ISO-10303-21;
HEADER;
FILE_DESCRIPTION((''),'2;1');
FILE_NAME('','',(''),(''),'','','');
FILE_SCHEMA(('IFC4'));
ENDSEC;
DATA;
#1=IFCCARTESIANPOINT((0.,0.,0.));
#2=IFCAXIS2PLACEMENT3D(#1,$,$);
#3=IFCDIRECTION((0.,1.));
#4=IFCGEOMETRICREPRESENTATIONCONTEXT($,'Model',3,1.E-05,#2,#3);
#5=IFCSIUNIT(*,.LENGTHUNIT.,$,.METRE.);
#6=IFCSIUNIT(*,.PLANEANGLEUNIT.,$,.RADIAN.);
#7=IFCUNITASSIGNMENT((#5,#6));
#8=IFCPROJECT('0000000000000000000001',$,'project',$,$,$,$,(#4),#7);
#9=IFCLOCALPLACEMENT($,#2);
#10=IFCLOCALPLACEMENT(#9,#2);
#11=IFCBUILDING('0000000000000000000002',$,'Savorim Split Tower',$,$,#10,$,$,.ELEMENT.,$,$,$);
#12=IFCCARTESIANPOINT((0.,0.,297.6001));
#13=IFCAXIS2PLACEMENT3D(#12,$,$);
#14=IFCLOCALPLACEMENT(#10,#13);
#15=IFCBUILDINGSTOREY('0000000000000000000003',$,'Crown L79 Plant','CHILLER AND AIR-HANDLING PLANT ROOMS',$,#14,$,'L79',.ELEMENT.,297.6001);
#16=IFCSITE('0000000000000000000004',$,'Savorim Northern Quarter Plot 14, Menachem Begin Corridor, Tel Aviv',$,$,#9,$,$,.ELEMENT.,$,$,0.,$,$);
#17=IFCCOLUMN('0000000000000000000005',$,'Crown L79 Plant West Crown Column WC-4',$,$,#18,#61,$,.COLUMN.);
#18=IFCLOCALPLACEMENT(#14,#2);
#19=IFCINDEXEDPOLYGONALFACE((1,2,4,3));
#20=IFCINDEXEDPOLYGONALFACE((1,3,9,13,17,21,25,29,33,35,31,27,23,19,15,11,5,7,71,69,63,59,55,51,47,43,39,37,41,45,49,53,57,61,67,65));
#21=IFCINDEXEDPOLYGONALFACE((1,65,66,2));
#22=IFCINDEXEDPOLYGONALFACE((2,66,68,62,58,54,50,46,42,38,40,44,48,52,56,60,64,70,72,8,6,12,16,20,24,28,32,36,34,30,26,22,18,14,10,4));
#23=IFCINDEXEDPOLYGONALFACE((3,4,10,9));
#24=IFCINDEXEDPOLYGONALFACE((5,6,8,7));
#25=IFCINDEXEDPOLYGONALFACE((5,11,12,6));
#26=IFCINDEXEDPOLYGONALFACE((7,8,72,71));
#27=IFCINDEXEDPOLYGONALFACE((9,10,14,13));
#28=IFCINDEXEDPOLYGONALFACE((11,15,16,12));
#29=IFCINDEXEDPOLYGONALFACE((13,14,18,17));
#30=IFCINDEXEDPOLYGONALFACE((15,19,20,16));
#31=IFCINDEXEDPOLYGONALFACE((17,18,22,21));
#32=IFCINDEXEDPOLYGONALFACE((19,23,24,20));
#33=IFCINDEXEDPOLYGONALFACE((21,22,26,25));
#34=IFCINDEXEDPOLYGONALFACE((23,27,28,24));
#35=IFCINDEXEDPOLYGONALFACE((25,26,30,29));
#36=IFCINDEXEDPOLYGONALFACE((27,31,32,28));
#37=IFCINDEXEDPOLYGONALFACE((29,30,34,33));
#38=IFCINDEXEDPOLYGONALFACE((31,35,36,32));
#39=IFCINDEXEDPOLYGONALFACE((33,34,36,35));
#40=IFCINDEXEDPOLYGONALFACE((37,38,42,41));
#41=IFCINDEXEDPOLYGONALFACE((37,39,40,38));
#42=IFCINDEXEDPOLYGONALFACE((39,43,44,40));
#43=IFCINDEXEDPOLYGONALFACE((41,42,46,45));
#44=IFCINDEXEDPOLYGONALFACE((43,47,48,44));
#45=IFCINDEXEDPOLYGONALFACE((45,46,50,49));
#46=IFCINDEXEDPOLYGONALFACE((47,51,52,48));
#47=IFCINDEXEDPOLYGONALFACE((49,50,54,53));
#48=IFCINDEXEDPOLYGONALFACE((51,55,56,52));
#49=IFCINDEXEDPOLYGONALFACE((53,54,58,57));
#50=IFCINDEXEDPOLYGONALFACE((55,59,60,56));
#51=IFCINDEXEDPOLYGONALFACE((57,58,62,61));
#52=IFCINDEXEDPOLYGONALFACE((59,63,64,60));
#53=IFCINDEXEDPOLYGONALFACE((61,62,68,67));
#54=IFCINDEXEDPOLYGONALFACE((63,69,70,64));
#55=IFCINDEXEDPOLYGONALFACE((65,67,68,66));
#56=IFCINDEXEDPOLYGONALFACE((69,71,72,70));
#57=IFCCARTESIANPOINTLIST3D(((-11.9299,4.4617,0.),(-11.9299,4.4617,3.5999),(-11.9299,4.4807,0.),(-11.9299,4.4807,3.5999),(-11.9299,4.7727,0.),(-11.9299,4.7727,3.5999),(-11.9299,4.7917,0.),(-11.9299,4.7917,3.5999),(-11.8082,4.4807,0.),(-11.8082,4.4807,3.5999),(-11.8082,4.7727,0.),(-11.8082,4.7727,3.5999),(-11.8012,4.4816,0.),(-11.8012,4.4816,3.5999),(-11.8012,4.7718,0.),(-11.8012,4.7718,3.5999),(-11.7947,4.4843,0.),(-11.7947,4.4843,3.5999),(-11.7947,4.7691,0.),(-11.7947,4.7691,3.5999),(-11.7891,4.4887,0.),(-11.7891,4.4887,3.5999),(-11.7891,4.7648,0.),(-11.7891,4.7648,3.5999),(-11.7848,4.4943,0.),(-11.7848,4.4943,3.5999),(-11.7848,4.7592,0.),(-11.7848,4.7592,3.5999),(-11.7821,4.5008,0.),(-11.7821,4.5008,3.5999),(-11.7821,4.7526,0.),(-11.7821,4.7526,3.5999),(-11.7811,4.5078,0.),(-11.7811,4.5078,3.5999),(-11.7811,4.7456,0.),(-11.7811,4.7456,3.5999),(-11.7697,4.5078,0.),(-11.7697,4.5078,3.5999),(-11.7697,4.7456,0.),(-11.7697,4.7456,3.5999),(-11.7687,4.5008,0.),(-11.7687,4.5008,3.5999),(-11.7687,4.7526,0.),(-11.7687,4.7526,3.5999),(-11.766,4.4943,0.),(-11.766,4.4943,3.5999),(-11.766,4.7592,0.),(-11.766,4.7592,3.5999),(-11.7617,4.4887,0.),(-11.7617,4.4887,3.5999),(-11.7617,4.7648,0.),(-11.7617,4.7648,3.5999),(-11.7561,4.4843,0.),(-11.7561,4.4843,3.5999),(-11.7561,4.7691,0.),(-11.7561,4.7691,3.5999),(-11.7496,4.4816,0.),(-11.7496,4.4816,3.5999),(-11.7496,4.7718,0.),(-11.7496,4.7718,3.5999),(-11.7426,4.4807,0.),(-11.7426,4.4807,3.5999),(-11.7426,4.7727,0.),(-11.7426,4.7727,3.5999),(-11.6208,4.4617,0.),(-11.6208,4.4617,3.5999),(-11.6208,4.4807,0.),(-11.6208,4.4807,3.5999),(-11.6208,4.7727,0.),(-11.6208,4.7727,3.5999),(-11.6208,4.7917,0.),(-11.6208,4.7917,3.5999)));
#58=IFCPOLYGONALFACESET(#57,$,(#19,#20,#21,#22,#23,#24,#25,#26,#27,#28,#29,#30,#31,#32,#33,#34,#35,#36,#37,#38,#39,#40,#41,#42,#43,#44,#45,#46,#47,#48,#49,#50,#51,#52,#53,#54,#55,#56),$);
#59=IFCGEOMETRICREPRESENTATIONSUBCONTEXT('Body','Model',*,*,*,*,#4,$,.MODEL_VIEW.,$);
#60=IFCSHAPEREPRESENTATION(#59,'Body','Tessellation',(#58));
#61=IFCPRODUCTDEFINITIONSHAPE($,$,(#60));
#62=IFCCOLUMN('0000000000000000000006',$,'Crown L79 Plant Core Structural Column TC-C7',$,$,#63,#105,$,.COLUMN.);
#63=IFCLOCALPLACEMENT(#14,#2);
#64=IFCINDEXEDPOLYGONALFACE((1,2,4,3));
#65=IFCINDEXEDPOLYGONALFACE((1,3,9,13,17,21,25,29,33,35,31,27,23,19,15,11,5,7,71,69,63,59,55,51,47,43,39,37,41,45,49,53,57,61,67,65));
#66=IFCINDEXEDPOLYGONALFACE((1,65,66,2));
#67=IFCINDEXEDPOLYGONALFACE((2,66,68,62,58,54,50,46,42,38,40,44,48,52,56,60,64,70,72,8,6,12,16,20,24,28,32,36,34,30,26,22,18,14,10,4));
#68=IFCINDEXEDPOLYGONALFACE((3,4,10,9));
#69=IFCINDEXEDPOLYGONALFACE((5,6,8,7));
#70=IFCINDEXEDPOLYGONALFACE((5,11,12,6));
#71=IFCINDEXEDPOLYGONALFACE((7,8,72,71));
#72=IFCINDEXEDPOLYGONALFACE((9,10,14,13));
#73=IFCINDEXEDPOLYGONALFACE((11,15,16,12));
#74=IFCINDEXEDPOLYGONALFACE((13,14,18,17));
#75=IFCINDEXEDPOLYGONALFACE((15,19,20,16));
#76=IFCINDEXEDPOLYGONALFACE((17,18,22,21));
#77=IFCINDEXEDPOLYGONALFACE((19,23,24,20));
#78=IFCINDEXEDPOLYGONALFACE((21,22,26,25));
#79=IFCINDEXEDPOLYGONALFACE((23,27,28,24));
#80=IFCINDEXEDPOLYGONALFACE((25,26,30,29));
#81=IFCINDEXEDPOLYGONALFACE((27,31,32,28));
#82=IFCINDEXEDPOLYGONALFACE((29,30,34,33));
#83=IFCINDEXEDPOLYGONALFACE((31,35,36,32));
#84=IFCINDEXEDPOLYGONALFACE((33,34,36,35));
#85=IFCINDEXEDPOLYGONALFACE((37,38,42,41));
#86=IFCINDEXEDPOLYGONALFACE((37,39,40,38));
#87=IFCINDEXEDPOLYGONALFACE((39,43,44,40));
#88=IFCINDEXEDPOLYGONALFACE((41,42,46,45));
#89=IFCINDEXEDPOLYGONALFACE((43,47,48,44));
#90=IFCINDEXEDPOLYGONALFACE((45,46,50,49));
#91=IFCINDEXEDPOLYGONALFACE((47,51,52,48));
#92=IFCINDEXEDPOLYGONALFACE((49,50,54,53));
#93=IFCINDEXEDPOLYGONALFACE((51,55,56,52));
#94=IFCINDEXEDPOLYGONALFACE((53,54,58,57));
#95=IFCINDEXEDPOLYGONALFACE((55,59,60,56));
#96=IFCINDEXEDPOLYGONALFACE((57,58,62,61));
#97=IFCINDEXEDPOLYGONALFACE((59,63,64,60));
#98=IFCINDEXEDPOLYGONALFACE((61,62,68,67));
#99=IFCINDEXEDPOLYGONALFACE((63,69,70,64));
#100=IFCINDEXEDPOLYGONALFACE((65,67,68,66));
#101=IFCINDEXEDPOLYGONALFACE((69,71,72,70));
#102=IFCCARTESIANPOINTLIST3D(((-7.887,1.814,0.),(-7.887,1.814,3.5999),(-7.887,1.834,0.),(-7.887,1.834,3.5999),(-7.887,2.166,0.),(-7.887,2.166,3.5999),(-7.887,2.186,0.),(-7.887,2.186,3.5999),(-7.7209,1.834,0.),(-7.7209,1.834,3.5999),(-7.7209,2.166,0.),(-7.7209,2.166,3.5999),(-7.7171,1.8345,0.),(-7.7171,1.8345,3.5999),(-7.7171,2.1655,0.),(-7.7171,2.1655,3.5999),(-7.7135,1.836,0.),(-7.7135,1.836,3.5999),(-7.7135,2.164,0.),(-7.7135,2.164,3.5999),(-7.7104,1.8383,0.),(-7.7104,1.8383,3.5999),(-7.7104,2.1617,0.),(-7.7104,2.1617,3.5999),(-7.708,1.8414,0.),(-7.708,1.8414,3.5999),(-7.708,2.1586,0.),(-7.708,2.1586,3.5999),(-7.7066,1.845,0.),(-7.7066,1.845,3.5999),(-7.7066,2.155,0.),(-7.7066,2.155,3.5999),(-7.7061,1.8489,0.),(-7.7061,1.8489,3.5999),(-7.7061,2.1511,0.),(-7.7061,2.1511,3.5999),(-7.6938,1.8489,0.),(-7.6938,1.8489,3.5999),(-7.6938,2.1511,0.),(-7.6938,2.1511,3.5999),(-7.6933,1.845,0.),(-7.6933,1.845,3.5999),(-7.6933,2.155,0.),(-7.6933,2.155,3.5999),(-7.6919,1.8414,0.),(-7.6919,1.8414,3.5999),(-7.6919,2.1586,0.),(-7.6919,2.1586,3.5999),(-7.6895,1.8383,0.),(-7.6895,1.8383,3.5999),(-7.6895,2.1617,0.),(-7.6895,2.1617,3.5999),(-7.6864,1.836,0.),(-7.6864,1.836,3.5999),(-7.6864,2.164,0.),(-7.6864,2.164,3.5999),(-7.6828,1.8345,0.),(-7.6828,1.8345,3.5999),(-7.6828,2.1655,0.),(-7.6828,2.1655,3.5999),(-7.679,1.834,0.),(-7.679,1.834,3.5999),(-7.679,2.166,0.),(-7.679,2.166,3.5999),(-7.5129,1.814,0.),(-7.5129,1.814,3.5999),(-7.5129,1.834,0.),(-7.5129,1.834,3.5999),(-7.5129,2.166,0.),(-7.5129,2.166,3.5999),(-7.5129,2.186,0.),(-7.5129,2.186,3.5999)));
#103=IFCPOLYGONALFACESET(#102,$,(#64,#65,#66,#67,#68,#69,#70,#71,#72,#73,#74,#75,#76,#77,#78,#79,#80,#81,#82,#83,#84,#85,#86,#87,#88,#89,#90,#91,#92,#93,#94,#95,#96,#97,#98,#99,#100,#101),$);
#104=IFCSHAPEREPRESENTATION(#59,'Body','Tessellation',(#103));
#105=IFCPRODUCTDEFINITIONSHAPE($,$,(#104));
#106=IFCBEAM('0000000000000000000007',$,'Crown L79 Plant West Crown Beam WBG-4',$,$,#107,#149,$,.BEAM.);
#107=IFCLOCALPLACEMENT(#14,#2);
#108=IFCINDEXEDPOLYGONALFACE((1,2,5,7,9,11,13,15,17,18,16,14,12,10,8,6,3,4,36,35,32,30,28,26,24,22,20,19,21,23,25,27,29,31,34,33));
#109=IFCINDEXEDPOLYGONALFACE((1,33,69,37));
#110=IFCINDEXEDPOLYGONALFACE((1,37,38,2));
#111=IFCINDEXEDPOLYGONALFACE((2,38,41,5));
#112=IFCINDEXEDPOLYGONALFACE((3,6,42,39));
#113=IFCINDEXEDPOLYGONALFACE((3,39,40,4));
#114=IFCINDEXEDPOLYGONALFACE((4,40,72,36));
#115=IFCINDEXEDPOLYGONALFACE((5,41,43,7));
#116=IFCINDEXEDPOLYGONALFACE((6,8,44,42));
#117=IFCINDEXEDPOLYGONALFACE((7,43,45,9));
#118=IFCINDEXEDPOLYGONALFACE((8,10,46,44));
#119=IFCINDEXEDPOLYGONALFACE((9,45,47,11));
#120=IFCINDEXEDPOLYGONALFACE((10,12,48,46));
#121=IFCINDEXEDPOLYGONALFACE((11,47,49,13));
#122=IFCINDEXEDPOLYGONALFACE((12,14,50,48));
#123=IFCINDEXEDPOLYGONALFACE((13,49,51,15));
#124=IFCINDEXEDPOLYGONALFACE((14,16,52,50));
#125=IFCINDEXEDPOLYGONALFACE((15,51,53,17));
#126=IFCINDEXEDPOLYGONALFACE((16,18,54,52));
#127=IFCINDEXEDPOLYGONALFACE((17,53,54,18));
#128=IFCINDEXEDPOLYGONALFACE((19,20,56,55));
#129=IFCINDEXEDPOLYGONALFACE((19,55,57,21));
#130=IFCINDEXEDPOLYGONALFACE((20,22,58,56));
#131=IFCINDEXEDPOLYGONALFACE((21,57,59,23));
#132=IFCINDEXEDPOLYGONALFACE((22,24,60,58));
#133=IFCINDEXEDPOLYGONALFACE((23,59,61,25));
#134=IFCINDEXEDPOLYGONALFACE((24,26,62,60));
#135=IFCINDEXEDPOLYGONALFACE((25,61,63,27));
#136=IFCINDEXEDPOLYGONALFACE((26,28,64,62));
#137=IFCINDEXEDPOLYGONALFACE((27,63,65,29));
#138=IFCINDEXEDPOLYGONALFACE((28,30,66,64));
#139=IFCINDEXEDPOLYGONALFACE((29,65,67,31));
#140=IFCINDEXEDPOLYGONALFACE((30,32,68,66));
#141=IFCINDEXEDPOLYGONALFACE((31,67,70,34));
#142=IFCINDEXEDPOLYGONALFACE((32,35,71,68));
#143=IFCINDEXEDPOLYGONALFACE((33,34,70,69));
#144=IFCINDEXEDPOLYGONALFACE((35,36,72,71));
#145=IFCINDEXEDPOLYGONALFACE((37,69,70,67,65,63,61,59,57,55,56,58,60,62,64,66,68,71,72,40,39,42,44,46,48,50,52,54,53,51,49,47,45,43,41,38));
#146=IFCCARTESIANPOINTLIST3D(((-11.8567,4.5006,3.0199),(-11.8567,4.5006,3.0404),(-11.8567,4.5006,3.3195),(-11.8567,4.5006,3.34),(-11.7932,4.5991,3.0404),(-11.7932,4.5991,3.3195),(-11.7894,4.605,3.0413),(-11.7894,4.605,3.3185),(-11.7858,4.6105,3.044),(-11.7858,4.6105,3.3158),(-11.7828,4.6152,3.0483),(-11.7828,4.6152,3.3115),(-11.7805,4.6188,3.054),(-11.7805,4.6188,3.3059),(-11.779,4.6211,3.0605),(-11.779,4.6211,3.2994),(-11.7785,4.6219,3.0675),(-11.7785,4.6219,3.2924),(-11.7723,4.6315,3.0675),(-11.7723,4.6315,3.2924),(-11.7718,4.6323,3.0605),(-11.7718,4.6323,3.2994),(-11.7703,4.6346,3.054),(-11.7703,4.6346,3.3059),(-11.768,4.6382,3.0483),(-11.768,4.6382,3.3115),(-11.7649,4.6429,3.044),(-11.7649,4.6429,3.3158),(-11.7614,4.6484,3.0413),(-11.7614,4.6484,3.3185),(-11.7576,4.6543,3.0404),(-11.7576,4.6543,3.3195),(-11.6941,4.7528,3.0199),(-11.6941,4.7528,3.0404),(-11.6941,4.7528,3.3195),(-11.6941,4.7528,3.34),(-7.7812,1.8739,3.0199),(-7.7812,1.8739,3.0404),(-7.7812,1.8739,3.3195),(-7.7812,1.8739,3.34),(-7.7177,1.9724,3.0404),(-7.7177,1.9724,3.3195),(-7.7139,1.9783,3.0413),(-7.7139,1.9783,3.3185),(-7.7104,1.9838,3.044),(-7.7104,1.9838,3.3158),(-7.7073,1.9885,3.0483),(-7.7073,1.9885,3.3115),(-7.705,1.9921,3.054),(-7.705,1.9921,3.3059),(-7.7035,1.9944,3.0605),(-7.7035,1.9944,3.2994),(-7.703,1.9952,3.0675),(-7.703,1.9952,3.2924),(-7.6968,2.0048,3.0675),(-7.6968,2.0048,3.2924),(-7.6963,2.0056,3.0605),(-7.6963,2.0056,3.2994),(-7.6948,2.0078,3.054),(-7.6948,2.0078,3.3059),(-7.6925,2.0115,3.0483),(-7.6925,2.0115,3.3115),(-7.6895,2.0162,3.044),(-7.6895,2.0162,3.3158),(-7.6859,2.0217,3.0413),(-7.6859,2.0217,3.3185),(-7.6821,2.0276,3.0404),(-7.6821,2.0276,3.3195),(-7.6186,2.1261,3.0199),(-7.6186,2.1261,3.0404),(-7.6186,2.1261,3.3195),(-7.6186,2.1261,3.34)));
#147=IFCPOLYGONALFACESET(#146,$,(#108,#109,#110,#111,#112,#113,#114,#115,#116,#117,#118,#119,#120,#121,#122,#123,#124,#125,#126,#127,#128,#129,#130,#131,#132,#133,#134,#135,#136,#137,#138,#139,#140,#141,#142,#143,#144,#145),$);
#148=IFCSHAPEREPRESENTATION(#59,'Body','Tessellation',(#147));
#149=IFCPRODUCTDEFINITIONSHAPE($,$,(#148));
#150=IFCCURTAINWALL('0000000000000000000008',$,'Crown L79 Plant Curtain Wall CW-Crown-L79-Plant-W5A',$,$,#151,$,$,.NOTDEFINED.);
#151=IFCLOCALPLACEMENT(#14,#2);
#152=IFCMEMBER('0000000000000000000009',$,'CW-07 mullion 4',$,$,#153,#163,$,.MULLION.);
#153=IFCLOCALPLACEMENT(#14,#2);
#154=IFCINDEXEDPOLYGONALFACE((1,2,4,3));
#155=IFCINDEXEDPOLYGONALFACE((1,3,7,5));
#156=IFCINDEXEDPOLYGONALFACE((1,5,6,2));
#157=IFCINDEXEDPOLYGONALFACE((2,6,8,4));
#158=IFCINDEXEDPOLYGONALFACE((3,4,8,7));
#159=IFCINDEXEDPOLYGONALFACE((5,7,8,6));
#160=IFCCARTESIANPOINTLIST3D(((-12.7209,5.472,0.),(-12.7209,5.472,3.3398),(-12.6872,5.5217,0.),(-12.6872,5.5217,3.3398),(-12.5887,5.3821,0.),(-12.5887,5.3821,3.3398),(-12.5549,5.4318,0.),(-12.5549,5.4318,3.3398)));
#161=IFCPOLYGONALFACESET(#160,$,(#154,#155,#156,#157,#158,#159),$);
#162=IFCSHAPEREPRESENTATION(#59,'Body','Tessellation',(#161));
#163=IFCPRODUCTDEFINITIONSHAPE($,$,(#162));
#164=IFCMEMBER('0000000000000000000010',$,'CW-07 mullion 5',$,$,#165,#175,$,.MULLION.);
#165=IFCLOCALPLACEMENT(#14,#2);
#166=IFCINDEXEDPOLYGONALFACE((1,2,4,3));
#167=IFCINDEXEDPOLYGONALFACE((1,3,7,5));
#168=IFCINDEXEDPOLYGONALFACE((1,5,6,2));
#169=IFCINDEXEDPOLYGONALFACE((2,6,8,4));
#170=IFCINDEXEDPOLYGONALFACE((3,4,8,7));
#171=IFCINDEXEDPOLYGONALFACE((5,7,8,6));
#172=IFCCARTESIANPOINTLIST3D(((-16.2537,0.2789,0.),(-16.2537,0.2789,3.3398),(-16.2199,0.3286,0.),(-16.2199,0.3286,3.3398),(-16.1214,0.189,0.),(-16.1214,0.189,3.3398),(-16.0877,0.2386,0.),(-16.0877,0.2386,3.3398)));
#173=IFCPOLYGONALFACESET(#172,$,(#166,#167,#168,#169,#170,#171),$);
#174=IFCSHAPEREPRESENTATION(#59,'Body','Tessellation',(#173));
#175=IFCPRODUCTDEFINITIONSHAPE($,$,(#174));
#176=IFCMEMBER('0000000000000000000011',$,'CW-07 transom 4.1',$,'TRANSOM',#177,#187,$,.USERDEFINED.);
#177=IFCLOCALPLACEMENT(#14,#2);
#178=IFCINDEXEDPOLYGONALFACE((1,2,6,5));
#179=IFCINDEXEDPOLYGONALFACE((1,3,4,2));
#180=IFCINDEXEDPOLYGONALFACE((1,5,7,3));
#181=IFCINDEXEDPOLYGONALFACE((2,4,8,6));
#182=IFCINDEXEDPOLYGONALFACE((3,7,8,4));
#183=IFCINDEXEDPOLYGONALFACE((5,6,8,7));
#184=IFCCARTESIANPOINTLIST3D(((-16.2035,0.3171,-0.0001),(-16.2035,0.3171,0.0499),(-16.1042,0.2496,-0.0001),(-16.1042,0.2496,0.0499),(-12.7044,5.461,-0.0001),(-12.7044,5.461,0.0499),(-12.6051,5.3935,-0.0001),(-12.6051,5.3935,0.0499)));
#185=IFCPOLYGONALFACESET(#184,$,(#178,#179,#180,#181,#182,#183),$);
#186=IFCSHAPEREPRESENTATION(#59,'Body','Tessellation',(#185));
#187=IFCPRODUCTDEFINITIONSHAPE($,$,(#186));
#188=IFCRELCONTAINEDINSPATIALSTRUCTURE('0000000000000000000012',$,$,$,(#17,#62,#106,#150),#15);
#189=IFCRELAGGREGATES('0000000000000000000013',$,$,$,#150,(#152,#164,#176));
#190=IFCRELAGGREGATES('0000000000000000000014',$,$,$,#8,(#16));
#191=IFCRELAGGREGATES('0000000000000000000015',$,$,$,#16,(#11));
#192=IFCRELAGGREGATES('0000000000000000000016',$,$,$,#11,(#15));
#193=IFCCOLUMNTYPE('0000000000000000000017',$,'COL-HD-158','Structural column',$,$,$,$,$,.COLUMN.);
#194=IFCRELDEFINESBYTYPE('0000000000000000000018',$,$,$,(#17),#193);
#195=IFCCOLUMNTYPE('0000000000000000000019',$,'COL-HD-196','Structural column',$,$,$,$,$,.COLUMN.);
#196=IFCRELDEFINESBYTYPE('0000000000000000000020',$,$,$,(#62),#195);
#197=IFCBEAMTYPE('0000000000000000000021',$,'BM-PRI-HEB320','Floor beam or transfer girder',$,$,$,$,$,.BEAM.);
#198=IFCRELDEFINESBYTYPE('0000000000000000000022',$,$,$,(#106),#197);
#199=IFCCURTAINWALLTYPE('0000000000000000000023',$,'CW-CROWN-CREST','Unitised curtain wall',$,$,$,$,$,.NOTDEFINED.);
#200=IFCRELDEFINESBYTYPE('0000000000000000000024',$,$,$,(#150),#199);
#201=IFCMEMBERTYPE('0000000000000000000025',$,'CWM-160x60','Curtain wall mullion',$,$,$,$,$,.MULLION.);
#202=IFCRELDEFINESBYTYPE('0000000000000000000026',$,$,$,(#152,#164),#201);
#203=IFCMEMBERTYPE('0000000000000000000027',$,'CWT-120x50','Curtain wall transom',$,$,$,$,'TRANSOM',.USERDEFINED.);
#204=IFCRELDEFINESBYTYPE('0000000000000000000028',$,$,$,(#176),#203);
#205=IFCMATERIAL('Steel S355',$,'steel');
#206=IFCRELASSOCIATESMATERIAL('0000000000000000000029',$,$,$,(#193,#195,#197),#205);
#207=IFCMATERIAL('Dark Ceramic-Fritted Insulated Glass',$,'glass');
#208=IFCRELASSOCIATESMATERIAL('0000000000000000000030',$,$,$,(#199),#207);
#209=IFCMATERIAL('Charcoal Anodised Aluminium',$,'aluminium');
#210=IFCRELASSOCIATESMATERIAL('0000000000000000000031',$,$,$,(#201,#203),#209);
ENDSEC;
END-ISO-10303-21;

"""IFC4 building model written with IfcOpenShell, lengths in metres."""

from ifc_helpers import new_model, si_unit, direction, frame, origin, origin_2d, place, context, subcontext, project, spatial, rectangle, i_section, extrude, material, material_profile, profile_set, type_object, element, aggregate, save


model = new_model("IFC4")

# Units and contexts
model_context = context("Model", 3, precision=1e-05, world=origin(), true_north=direction((0.0, 1.0)))
body_context = subcontext(model_context, "Body", "Model", "MODEL_VIEW")
ifc_project = project(units=[si_unit("LENGTHUNIT", "METRE"), si_unit("PLANEANGLEUNIT", "RADIAN")], contexts=[model_context])

# Site, building, storey
site_placement = place(None, origin())
site = spatial("IfcSite", under=ifc_project, at=site_placement, Name="Savorim Northern Quarter Plot 14, Menachem Begin Corridor, Tel Aviv", CompositionType="ELEMENT", RefElevation=0.0)
building_placement = place(site_placement, origin())
building = spatial("IfcBuilding", under=site, at=building_placement, Name="Savorim Split Tower", CompositionType="ELEMENT")
storey_placement = place(building_placement, frame((0.0, 0.0, 297.6001)))
storey = spatial("IfcBuildingStorey", under=building, at=storey_placement, Name="Crown L79 Plant", Description="CHILLER AND AIR-HANDLING PLANT ROOMS", LongName="L79", CompositionType="ELEMENT", Elevation=297.6001)

# Columns
ifc_material_1 = material(Name="Steel S355", Category="steel")
ifc_material_profile_1 = material_profile(ifc_material_1, i_section(OverallWidth=0.3091, OverallDepth=0.3301, WebThickness=0.0115, FlangeThickness=0.019, FilletRadius=0.0271, at=origin_2d()), Name="HD 320x158")
ifc_profile_set_1 = profile_set([ifc_material_profile_1], Name="Steel S355")
column_type_1 = type_object("IfcColumnType", Name="COL-HD-158", Description="Structural column", PredefinedType="COLUMN", material=ifc_profile_set_1)
column_1_placement = place(storey_placement, frame((-11.7754, 4.6267, 0.0), z_axis=(0.0, 0.0, 1.0), x_axis=(1.0, 0.0, 0.0)))
element("IfcColumn", 1, at=column_1_placement, inside=storey, type_object=column_type_1, Name="Crown L79 Plant West Crown Column WC-4", PredefinedType="COLUMN", context=body_context, shape_type="SweptSolid", body=[
    extrude(i_section(OverallWidth=0.3091, OverallDepth=0.3301, WebThickness=0.0115, FlangeThickness=0.019, FilletRadius=0.0271, at=origin_2d()), origin(), (0.0, 0.0, 1.0), 3.5999),
])
ifc_material_profile_2 = material_profile(ifc_material_1, i_section(OverallWidth=0.374, OverallDepth=0.3721, WebThickness=0.0122, FlangeThickness=0.02, FilletRadius=0.0149, at=origin_2d()), Name="HD 360x196")
ifc_profile_set_2 = profile_set([ifc_material_profile_2], Name="Steel S355")
column_type_2 = type_object("IfcColumnType", Name="COL-HD-196", Description="Structural column", PredefinedType="COLUMN", material=ifc_profile_set_2)
column_2_placement = place(storey_placement, frame((-7.7, 2.0, 0.0), z_axis=(0.0, 0.0, 1.0), x_axis=(1.0, 0.0, 0.0)))
element("IfcColumn", 2, at=column_2_placement, inside=storey, type_object=column_type_2, Name="Crown L79 Plant Core Structural Column TC-C7", PredefinedType="COLUMN", context=body_context, shape_type="SweptSolid", body=[
    extrude(i_section(OverallWidth=0.374, OverallDepth=0.3721, WebThickness=0.0122, FlangeThickness=0.02, FilletRadius=0.0149, at=origin_2d()), origin(), (0.0, 0.0, 1.0), 3.5999),
])

# Beam
ifc_material_profile_3 = material_profile(ifc_material_1, i_section(OverallWidth=0.3, OverallDepth=0.3201, WebThickness=0.0115, FlangeThickness=0.0205, FilletRadius=0.0271, at=origin_2d()), Name="HEB 320")
ifc_profile_set_3 = profile_set([ifc_material_profile_3], Name="Steel S355")
beam_type = type_object("IfcBeamType", Name="BM-PRI-HEB320", Description="Floor beam or transfer girder", PredefinedType="BEAM", material=ifc_profile_set_3)
beam_placement = place(storey_placement, frame((-11.7754, 4.6267, 3.1799), z_axis=(0.840541, -0.541747, 0.0), x_axis=(0.541747, 0.840541, 0.0)))
element("IfcBeam", 3, at=beam_placement, inside=storey, type_object=beam_type, Name="Crown L79 Plant West Crown Beam WBG-4", PredefinedType="BEAM", context=body_context, shape_type="SweptSolid", body=[
    extrude(i_section(OverallWidth=0.3, OverallDepth=0.3201, WebThickness=0.0115, FlangeThickness=0.0205, FilletRadius=0.0271, at=origin_2d()), origin(), (0.0, 0.0, 1.0), 4.8486),
])

# Curtain wall, members
ifc_material_2 = material(Name="Dark Ceramic-Fritted Insulated Glass", Category="glass")
curtain_wall_type = type_object("IfcCurtainWallType", Name="CW-CROWN-CREST", Description="Unitised curtain wall", PredefinedType="NOTDEFINED", material=ifc_material_2)
curtain_wall_placement = place(storey_placement, origin())
curtain_wall = element("IfcCurtainWall", 4, at=curtain_wall_placement, inside=storey, type_object=curtain_wall_type, Name="Crown L79 Plant Curtain Wall CW-Crown-L79-Plant-W5A", PredefinedType="NOTDEFINED")
ifc_material_3 = material(Name="Charcoal Anodised Aluminium", Category="aluminium")
ifc_material_profile_4 = material_profile(ifc_material_3, rectangle(XDim=0.1599, YDim=0.0601, at=origin_2d()), Name="ALU-M 160x60")
ifc_profile_set_4 = profile_set([ifc_material_profile_4], Name="Charcoal Anodised Aluminium")
member_type_1 = type_object("IfcMemberType", Name="CWM-160x60", Description="Curtain wall mullion", PredefinedType="MULLION", material=ifc_profile_set_4)
member_1_placement = place(storey_placement, frame((-12.6379, 5.4519, 0.0), z_axis=(0.0, 0.0, 1.0), x_axis=(0.826821, -0.562466, 0.0)))
member_1 = element("IfcMember", 5, at=member_1_placement, type_object=member_type_1, Name="CW-07 mullion 4", PredefinedType="MULLION", context=body_context, shape_type="SweptSolid", body=[
    extrude(rectangle(XDim=0.1599, YDim=0.0601, at=origin_2d()), origin(), (0.0, 0.0, 1.0), 3.3398),
])
member_2_placement = place(storey_placement, frame((-16.1707, 0.2588, 0.0), z_axis=(0.0, 0.0, 1.0), x_axis=(0.826821, -0.562466, 0.0)))
member_2 = element("IfcMember", 6, at=member_2_placement, type_object=member_type_1, Name="CW-07 mullion 5", PredefinedType="MULLION", context=body_context, shape_type="SweptSolid", body=[
    extrude(rectangle(XDim=0.1599, YDim=0.0601, at=origin_2d()), origin(), (0.0, 0.0, 1.0), 3.3398),
])
ifc_material_profile_5 = material_profile(ifc_material_3, rectangle(XDim=0.1201, YDim=0.05, at=origin_2d()), Name="ALU-T 120x50")
ifc_profile_set_5 = profile_set([ifc_material_profile_5], Name="Charcoal Anodised Aluminium")
member_type_2 = type_object("IfcMemberType", Name="CWT-120x50", Description="Curtain wall transom", ElementType="TRANSOM", PredefinedType="USERDEFINED", material=ifc_profile_set_5)
member_3_placement = place(storey_placement, frame((-12.6548, 5.4272, 0.0249), z_axis=(-0.562446, -0.826834, 0.0), x_axis=(0.826834, -0.562446, 0.0)))
member_3 = element("IfcMember", 7, at=member_3_placement, type_object=member_type_2, Name="CW-07 transom 4.1", ObjectType="TRANSOM", PredefinedType="USERDEFINED", context=body_context, shape_type="SweptSolid", body=[
    extrude(rectangle(XDim=0.1201, YDim=0.05, at=origin_2d()), origin(), (0.0, 0.0, 1.0), 6.2212),
])
aggregate(curtain_wall, [member_1, member_2, member_3])

save(model, "model.ifc")
